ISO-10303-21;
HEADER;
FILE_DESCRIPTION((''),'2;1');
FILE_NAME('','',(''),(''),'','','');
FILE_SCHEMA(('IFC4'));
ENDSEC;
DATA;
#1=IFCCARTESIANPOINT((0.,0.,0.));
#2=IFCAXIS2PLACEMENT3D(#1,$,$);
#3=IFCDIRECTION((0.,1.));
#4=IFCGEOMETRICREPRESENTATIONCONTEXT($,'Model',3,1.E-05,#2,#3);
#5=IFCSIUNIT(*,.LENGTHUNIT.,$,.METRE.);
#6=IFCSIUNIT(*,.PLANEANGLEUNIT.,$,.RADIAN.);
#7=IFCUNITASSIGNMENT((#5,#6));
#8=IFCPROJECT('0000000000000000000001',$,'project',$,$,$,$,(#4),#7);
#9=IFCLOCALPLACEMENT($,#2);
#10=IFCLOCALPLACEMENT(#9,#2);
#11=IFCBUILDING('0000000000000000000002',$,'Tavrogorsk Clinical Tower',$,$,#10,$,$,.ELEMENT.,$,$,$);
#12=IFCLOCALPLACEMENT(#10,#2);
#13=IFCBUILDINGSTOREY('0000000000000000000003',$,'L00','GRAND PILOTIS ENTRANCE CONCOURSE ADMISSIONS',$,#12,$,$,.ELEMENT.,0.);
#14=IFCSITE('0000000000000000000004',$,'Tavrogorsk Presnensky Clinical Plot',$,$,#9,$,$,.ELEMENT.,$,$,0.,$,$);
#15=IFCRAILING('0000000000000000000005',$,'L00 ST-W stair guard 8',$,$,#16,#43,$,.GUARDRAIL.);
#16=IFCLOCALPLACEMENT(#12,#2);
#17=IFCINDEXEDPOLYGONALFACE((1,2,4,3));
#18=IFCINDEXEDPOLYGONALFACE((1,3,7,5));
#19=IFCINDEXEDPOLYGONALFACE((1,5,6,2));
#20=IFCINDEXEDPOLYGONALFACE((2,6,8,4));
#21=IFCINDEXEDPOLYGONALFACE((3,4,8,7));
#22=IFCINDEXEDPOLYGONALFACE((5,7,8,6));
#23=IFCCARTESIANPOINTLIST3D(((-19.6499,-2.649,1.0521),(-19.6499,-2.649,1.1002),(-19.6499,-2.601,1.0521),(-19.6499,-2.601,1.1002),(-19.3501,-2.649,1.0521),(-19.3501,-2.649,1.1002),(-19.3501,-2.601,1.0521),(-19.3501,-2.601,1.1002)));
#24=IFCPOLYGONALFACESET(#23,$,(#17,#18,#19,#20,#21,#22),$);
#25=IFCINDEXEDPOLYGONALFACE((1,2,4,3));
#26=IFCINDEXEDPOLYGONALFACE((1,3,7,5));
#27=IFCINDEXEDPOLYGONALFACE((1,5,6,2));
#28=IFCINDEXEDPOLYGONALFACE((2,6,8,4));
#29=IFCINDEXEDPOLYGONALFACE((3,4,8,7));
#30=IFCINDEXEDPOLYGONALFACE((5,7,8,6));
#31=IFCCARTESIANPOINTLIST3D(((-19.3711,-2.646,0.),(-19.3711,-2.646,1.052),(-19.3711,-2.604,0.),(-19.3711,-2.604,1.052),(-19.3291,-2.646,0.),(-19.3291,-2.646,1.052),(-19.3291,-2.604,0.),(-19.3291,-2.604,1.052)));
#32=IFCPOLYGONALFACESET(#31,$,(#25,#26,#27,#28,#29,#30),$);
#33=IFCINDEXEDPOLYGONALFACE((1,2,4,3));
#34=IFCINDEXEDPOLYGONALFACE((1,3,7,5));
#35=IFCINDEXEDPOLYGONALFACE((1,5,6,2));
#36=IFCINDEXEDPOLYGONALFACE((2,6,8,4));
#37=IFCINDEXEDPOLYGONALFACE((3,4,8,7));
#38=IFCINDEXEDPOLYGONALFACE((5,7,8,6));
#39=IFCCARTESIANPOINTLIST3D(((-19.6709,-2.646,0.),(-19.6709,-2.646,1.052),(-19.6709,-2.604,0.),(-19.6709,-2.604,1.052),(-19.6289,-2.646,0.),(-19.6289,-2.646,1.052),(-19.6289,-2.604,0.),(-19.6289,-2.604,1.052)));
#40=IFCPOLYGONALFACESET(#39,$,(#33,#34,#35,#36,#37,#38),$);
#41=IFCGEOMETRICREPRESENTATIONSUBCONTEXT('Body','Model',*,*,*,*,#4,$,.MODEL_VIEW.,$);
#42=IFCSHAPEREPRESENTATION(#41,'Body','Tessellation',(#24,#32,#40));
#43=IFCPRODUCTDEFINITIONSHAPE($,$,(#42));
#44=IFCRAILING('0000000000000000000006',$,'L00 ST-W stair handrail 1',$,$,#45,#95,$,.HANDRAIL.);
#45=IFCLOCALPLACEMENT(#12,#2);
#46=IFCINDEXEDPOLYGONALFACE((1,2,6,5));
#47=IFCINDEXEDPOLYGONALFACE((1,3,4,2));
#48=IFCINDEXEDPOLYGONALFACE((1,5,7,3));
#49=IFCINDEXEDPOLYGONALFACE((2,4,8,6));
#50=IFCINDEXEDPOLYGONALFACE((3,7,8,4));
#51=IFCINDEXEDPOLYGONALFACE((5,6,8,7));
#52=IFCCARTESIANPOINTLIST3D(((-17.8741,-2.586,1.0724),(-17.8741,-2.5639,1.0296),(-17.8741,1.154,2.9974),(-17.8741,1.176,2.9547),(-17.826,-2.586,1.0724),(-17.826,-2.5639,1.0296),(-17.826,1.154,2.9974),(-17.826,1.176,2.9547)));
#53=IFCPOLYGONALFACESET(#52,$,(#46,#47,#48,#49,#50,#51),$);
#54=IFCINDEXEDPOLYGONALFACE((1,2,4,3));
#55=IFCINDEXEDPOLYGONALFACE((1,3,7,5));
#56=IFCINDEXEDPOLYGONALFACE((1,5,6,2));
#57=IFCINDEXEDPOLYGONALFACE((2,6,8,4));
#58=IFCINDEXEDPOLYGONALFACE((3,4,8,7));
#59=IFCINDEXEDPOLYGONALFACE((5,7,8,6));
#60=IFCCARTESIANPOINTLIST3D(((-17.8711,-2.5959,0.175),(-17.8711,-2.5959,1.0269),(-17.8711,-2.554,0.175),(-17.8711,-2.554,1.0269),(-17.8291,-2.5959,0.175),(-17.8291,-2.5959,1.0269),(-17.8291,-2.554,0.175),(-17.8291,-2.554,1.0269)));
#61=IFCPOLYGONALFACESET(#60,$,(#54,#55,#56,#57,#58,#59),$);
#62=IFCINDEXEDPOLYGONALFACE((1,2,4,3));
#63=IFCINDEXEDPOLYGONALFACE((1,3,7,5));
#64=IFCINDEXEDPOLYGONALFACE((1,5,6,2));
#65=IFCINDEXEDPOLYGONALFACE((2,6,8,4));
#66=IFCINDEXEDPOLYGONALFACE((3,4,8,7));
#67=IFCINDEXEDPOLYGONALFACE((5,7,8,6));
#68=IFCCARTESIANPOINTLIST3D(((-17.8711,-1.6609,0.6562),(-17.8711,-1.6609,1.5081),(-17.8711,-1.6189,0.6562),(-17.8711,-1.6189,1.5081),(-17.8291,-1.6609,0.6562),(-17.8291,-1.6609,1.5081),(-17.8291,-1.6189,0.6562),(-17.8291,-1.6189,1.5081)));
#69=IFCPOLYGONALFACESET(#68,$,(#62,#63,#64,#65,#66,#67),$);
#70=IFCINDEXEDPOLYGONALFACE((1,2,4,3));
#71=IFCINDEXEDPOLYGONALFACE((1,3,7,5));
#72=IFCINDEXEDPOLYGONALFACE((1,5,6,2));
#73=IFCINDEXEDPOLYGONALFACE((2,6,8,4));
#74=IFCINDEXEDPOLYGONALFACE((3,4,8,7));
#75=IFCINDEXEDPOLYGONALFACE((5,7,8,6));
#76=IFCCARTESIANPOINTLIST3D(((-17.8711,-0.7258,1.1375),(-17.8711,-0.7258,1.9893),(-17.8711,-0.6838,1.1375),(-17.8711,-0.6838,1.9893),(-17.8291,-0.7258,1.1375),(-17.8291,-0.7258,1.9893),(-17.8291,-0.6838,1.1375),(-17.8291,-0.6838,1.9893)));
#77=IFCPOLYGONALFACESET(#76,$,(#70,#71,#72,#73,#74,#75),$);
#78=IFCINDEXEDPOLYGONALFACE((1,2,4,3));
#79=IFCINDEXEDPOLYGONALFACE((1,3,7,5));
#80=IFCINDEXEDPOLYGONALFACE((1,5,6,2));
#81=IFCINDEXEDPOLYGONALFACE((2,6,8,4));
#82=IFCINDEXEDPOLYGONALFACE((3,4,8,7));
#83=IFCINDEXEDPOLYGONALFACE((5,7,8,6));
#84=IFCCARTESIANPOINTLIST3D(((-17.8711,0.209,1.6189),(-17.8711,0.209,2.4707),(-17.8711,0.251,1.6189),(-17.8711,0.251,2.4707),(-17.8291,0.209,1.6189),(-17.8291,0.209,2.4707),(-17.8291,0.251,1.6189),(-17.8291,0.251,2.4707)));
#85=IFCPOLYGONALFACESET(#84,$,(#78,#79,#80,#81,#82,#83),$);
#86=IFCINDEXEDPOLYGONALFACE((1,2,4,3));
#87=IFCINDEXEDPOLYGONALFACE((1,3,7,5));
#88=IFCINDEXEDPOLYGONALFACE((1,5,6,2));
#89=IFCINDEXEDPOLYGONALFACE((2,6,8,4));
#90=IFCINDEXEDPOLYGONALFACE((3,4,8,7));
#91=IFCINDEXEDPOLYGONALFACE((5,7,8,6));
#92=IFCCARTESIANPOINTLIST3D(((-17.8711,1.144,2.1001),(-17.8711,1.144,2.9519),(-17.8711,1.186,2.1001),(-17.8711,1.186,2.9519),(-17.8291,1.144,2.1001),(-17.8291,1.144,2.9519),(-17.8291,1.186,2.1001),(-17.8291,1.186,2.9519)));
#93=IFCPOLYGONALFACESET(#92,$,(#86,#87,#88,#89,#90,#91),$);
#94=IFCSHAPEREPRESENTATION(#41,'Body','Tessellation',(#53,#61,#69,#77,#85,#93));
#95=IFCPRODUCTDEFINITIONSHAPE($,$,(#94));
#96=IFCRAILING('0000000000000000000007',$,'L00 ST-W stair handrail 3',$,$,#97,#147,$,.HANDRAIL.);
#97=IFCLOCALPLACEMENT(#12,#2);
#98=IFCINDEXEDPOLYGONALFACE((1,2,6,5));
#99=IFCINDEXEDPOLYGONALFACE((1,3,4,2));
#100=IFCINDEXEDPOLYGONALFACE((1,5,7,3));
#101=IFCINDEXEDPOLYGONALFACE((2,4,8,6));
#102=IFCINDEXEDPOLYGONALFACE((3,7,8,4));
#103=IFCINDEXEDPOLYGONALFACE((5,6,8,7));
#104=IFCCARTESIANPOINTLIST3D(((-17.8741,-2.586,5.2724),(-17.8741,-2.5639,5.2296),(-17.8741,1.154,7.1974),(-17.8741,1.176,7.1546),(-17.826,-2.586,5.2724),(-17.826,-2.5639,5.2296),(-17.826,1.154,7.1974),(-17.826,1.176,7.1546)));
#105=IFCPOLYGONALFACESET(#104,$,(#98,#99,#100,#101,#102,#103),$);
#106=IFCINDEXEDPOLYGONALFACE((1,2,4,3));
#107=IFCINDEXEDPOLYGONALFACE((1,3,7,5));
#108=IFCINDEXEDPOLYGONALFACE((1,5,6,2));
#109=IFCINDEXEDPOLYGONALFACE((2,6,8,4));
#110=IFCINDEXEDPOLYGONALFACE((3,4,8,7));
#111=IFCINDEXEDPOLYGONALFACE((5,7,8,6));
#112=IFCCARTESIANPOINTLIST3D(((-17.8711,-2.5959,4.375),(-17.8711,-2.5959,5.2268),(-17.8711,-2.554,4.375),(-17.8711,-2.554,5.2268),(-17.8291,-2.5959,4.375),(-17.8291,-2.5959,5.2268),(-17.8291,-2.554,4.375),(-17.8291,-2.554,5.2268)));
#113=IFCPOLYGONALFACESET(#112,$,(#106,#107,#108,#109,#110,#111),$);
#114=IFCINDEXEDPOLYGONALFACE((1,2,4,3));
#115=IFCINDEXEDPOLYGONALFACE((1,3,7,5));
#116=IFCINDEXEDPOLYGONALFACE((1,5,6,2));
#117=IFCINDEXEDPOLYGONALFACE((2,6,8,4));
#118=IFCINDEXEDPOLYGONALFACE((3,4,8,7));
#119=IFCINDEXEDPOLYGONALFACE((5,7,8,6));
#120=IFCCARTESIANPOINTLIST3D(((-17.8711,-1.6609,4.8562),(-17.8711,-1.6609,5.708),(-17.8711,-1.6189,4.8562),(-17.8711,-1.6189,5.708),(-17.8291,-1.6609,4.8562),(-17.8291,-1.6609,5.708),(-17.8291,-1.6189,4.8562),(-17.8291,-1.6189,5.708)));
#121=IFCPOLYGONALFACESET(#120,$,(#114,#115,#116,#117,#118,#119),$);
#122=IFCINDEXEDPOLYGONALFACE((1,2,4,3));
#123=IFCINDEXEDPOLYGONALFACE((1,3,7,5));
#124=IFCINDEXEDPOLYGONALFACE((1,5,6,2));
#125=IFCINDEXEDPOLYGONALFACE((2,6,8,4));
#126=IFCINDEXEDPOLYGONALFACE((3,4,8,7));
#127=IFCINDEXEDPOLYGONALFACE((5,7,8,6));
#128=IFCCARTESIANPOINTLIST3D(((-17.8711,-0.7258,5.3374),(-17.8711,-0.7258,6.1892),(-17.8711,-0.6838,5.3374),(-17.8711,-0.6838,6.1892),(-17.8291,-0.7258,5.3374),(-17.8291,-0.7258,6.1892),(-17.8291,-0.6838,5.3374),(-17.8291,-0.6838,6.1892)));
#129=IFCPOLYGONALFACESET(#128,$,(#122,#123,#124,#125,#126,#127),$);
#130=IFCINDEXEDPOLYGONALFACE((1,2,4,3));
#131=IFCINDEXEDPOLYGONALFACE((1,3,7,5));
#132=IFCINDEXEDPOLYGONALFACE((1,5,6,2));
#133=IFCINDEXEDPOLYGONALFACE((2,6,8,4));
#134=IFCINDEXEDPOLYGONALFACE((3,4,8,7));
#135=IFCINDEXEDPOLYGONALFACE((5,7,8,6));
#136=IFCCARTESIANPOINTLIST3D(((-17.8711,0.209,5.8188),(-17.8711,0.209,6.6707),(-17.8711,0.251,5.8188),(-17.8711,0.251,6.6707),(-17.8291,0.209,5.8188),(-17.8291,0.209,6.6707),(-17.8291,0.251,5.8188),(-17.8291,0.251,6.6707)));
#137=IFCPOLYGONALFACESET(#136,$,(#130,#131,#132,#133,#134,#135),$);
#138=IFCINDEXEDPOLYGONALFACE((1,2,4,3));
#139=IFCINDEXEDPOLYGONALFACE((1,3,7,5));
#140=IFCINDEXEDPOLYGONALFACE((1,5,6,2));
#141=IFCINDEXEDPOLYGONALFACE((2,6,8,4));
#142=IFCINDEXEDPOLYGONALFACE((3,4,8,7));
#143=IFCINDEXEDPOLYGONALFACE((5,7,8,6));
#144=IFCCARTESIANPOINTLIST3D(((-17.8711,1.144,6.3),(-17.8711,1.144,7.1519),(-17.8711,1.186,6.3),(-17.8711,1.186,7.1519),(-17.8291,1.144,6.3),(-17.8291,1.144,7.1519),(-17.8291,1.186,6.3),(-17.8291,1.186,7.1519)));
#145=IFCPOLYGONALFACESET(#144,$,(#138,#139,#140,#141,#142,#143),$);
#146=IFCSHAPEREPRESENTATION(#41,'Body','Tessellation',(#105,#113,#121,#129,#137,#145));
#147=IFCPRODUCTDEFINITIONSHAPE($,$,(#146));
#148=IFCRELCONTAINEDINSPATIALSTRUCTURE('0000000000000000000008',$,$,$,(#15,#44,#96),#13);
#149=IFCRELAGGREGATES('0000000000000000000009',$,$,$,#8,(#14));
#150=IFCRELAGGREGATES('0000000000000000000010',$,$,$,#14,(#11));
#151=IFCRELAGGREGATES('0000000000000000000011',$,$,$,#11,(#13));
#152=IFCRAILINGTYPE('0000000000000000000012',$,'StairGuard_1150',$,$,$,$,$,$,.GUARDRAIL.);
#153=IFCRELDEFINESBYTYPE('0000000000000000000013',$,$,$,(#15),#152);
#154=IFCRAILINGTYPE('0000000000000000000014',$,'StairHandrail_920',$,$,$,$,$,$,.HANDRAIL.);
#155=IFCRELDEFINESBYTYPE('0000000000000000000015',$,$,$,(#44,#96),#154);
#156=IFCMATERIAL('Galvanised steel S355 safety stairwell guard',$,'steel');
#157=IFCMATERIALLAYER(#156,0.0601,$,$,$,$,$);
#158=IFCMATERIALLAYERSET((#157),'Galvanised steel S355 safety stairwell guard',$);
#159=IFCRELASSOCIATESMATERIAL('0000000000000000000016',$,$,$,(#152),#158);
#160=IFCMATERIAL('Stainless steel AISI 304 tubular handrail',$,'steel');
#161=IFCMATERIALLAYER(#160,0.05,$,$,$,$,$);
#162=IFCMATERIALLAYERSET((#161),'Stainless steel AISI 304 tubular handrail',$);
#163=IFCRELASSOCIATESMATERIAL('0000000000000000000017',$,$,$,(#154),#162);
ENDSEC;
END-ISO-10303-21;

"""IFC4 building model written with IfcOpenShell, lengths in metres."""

from ifc_helpers import new_model, si_unit, direction, frame, origin, origin_2d, place, context, subcontext, project, spatial, rectangle, extrude, material, layer, layer_set, type_object, element, save


model = new_model("IFC4")

# Units and contexts
model_context = context("Model", 3, precision=1e-05, world=origin(), true_north=direction((0.0, 1.0)))
body_context = subcontext(model_context, "Body", "Model", "MODEL_VIEW")
ifc_project = project(units=[si_unit("LENGTHUNIT", "METRE"), si_unit("PLANEANGLEUNIT", "RADIAN")], contexts=[model_context])

# Site, building, storey
site_placement = place(None, origin())
site = spatial("IfcSite", under=ifc_project, at=site_placement, Name="Tavrogorsk Presnensky Clinical Plot", CompositionType="ELEMENT", RefElevation=0.0)
building_placement = place(site_placement, origin())
building = spatial("IfcBuilding", under=site, at=building_placement, Name="Tavrogorsk Clinical Tower", CompositionType="ELEMENT")
storey_placement = place(building_placement, origin())
storey = spatial("IfcBuildingStorey", under=building, at=storey_placement, Name="L00", Description="GRAND PILOTIS ENTRANCE CONCOURSE ADMISSIONS", CompositionType="ELEMENT", Elevation=0.0)

# Railings
ifc_material_1 = material(Name="Galvanised steel S355 safety stairwell guard", Category="steel")
ifc_layer_1 = layer(ifc_material_1, 0.0601)
ifc_layer_set_1 = layer_set([ifc_layer_1], Name="Galvanised steel S355 safety stairwell guard")
railing_type_1 = type_object("IfcRailingType", Name="StairGuard_1150", PredefinedType="GUARDRAIL", material=ifc_layer_set_1)
railing_1_placement = place(storey_placement, frame((-19.3501, -2.625, 0.0)))
element("IfcRailing", 1, at=railing_1_placement, inside=storey, type_object=railing_type_1, Name="L00 ST-W stair guard 8", PredefinedType="GUARDRAIL", context=body_context, shape_type="SweptSolid", body=[
    extrude(rectangle(XDim=0.0481, YDim=0.0481, at=origin_2d()), frame((0.0, 0.0, 1.0762), z_axis=(-1.0, 0.0, 0.0), x_axis=(0.0, -1.0, 0.0)), (0.0, 0.0, 1.0), 0.2998),
    extrude(rectangle(XDim=0.042, YDim=0.042, at=origin_2d()), origin(), (0.0, 0.0, 1.0), 1.052),
    extrude(rectangle(XDim=0.042, YDim=0.042, at=origin_2d()), frame((-0.2998, 0.0, 0.0)), (0.0, 0.0, 1.0), 1.052),
])
ifc_material_2 = material(Name="Stainless steel AISI 304 tubular handrail", Category="steel")
ifc_layer_2 = layer(ifc_material_2, 0.05)
ifc_layer_set_2 = layer_set([ifc_layer_2], Name="Stainless steel AISI 304 tubular handrail")
railing_type_2 = type_object("IfcRailingType", Name="StairHandrail_920", PredefinedType="HANDRAIL", material=ifc_layer_set_2)
for number, where, name in (
    (2, (-17.8501, -2.575, 0.175), "L00 ST-W stair handrail 1"),
    (3, (-17.8501, -2.575, 4.375), "L00 ST-W stair handrail 3"),
):
    element("IfcRailing", number, at=place(storey_placement, frame(where)), inside=storey, type_object=railing_type_2, Name=name, PredefinedType="HANDRAIL", context=body_context, shape_type="SweptSolid", body=[
        extrude(rectangle(XDim=0.0481, YDim=0.0481, at=origin_2d()), frame((0.0, 0.0, 0.876), z_axis=(0.0, 0.889131, 0.457654), x_axis=(-1.0, 0.0, 0.0)), (0.0, 0.0, 1.0), 4.2063),
        extrude(rectangle(XDim=0.042, YDim=0.042, at=origin_2d()), origin(), (0.0, 0.0, 1.0), 0.8518),
        extrude(rectangle(XDim=0.042, YDim=0.042, at=origin_2d()), frame((0.0, 0.9351, 0.4812)), (0.0, 0.0, 1.0), 0.8518),
        extrude(rectangle(XDim=0.042, YDim=0.042, at=origin_2d()), frame((0.0, 1.8701, 0.9624)), (0.0, 0.0, 1.0), 0.8518),
        extrude(rectangle(XDim=0.042, YDim=0.042, at=origin_2d()), frame((0.0, 2.8049, 1.4438)), (0.0, 0.0, 1.0), 0.8518),
        extrude(rectangle(XDim=0.042, YDim=0.042, at=origin_2d()), frame((0.0, 3.74, 1.925)), (0.0, 0.0, 1.0), 0.8518),
    ])

save(model, "model.ifc")
